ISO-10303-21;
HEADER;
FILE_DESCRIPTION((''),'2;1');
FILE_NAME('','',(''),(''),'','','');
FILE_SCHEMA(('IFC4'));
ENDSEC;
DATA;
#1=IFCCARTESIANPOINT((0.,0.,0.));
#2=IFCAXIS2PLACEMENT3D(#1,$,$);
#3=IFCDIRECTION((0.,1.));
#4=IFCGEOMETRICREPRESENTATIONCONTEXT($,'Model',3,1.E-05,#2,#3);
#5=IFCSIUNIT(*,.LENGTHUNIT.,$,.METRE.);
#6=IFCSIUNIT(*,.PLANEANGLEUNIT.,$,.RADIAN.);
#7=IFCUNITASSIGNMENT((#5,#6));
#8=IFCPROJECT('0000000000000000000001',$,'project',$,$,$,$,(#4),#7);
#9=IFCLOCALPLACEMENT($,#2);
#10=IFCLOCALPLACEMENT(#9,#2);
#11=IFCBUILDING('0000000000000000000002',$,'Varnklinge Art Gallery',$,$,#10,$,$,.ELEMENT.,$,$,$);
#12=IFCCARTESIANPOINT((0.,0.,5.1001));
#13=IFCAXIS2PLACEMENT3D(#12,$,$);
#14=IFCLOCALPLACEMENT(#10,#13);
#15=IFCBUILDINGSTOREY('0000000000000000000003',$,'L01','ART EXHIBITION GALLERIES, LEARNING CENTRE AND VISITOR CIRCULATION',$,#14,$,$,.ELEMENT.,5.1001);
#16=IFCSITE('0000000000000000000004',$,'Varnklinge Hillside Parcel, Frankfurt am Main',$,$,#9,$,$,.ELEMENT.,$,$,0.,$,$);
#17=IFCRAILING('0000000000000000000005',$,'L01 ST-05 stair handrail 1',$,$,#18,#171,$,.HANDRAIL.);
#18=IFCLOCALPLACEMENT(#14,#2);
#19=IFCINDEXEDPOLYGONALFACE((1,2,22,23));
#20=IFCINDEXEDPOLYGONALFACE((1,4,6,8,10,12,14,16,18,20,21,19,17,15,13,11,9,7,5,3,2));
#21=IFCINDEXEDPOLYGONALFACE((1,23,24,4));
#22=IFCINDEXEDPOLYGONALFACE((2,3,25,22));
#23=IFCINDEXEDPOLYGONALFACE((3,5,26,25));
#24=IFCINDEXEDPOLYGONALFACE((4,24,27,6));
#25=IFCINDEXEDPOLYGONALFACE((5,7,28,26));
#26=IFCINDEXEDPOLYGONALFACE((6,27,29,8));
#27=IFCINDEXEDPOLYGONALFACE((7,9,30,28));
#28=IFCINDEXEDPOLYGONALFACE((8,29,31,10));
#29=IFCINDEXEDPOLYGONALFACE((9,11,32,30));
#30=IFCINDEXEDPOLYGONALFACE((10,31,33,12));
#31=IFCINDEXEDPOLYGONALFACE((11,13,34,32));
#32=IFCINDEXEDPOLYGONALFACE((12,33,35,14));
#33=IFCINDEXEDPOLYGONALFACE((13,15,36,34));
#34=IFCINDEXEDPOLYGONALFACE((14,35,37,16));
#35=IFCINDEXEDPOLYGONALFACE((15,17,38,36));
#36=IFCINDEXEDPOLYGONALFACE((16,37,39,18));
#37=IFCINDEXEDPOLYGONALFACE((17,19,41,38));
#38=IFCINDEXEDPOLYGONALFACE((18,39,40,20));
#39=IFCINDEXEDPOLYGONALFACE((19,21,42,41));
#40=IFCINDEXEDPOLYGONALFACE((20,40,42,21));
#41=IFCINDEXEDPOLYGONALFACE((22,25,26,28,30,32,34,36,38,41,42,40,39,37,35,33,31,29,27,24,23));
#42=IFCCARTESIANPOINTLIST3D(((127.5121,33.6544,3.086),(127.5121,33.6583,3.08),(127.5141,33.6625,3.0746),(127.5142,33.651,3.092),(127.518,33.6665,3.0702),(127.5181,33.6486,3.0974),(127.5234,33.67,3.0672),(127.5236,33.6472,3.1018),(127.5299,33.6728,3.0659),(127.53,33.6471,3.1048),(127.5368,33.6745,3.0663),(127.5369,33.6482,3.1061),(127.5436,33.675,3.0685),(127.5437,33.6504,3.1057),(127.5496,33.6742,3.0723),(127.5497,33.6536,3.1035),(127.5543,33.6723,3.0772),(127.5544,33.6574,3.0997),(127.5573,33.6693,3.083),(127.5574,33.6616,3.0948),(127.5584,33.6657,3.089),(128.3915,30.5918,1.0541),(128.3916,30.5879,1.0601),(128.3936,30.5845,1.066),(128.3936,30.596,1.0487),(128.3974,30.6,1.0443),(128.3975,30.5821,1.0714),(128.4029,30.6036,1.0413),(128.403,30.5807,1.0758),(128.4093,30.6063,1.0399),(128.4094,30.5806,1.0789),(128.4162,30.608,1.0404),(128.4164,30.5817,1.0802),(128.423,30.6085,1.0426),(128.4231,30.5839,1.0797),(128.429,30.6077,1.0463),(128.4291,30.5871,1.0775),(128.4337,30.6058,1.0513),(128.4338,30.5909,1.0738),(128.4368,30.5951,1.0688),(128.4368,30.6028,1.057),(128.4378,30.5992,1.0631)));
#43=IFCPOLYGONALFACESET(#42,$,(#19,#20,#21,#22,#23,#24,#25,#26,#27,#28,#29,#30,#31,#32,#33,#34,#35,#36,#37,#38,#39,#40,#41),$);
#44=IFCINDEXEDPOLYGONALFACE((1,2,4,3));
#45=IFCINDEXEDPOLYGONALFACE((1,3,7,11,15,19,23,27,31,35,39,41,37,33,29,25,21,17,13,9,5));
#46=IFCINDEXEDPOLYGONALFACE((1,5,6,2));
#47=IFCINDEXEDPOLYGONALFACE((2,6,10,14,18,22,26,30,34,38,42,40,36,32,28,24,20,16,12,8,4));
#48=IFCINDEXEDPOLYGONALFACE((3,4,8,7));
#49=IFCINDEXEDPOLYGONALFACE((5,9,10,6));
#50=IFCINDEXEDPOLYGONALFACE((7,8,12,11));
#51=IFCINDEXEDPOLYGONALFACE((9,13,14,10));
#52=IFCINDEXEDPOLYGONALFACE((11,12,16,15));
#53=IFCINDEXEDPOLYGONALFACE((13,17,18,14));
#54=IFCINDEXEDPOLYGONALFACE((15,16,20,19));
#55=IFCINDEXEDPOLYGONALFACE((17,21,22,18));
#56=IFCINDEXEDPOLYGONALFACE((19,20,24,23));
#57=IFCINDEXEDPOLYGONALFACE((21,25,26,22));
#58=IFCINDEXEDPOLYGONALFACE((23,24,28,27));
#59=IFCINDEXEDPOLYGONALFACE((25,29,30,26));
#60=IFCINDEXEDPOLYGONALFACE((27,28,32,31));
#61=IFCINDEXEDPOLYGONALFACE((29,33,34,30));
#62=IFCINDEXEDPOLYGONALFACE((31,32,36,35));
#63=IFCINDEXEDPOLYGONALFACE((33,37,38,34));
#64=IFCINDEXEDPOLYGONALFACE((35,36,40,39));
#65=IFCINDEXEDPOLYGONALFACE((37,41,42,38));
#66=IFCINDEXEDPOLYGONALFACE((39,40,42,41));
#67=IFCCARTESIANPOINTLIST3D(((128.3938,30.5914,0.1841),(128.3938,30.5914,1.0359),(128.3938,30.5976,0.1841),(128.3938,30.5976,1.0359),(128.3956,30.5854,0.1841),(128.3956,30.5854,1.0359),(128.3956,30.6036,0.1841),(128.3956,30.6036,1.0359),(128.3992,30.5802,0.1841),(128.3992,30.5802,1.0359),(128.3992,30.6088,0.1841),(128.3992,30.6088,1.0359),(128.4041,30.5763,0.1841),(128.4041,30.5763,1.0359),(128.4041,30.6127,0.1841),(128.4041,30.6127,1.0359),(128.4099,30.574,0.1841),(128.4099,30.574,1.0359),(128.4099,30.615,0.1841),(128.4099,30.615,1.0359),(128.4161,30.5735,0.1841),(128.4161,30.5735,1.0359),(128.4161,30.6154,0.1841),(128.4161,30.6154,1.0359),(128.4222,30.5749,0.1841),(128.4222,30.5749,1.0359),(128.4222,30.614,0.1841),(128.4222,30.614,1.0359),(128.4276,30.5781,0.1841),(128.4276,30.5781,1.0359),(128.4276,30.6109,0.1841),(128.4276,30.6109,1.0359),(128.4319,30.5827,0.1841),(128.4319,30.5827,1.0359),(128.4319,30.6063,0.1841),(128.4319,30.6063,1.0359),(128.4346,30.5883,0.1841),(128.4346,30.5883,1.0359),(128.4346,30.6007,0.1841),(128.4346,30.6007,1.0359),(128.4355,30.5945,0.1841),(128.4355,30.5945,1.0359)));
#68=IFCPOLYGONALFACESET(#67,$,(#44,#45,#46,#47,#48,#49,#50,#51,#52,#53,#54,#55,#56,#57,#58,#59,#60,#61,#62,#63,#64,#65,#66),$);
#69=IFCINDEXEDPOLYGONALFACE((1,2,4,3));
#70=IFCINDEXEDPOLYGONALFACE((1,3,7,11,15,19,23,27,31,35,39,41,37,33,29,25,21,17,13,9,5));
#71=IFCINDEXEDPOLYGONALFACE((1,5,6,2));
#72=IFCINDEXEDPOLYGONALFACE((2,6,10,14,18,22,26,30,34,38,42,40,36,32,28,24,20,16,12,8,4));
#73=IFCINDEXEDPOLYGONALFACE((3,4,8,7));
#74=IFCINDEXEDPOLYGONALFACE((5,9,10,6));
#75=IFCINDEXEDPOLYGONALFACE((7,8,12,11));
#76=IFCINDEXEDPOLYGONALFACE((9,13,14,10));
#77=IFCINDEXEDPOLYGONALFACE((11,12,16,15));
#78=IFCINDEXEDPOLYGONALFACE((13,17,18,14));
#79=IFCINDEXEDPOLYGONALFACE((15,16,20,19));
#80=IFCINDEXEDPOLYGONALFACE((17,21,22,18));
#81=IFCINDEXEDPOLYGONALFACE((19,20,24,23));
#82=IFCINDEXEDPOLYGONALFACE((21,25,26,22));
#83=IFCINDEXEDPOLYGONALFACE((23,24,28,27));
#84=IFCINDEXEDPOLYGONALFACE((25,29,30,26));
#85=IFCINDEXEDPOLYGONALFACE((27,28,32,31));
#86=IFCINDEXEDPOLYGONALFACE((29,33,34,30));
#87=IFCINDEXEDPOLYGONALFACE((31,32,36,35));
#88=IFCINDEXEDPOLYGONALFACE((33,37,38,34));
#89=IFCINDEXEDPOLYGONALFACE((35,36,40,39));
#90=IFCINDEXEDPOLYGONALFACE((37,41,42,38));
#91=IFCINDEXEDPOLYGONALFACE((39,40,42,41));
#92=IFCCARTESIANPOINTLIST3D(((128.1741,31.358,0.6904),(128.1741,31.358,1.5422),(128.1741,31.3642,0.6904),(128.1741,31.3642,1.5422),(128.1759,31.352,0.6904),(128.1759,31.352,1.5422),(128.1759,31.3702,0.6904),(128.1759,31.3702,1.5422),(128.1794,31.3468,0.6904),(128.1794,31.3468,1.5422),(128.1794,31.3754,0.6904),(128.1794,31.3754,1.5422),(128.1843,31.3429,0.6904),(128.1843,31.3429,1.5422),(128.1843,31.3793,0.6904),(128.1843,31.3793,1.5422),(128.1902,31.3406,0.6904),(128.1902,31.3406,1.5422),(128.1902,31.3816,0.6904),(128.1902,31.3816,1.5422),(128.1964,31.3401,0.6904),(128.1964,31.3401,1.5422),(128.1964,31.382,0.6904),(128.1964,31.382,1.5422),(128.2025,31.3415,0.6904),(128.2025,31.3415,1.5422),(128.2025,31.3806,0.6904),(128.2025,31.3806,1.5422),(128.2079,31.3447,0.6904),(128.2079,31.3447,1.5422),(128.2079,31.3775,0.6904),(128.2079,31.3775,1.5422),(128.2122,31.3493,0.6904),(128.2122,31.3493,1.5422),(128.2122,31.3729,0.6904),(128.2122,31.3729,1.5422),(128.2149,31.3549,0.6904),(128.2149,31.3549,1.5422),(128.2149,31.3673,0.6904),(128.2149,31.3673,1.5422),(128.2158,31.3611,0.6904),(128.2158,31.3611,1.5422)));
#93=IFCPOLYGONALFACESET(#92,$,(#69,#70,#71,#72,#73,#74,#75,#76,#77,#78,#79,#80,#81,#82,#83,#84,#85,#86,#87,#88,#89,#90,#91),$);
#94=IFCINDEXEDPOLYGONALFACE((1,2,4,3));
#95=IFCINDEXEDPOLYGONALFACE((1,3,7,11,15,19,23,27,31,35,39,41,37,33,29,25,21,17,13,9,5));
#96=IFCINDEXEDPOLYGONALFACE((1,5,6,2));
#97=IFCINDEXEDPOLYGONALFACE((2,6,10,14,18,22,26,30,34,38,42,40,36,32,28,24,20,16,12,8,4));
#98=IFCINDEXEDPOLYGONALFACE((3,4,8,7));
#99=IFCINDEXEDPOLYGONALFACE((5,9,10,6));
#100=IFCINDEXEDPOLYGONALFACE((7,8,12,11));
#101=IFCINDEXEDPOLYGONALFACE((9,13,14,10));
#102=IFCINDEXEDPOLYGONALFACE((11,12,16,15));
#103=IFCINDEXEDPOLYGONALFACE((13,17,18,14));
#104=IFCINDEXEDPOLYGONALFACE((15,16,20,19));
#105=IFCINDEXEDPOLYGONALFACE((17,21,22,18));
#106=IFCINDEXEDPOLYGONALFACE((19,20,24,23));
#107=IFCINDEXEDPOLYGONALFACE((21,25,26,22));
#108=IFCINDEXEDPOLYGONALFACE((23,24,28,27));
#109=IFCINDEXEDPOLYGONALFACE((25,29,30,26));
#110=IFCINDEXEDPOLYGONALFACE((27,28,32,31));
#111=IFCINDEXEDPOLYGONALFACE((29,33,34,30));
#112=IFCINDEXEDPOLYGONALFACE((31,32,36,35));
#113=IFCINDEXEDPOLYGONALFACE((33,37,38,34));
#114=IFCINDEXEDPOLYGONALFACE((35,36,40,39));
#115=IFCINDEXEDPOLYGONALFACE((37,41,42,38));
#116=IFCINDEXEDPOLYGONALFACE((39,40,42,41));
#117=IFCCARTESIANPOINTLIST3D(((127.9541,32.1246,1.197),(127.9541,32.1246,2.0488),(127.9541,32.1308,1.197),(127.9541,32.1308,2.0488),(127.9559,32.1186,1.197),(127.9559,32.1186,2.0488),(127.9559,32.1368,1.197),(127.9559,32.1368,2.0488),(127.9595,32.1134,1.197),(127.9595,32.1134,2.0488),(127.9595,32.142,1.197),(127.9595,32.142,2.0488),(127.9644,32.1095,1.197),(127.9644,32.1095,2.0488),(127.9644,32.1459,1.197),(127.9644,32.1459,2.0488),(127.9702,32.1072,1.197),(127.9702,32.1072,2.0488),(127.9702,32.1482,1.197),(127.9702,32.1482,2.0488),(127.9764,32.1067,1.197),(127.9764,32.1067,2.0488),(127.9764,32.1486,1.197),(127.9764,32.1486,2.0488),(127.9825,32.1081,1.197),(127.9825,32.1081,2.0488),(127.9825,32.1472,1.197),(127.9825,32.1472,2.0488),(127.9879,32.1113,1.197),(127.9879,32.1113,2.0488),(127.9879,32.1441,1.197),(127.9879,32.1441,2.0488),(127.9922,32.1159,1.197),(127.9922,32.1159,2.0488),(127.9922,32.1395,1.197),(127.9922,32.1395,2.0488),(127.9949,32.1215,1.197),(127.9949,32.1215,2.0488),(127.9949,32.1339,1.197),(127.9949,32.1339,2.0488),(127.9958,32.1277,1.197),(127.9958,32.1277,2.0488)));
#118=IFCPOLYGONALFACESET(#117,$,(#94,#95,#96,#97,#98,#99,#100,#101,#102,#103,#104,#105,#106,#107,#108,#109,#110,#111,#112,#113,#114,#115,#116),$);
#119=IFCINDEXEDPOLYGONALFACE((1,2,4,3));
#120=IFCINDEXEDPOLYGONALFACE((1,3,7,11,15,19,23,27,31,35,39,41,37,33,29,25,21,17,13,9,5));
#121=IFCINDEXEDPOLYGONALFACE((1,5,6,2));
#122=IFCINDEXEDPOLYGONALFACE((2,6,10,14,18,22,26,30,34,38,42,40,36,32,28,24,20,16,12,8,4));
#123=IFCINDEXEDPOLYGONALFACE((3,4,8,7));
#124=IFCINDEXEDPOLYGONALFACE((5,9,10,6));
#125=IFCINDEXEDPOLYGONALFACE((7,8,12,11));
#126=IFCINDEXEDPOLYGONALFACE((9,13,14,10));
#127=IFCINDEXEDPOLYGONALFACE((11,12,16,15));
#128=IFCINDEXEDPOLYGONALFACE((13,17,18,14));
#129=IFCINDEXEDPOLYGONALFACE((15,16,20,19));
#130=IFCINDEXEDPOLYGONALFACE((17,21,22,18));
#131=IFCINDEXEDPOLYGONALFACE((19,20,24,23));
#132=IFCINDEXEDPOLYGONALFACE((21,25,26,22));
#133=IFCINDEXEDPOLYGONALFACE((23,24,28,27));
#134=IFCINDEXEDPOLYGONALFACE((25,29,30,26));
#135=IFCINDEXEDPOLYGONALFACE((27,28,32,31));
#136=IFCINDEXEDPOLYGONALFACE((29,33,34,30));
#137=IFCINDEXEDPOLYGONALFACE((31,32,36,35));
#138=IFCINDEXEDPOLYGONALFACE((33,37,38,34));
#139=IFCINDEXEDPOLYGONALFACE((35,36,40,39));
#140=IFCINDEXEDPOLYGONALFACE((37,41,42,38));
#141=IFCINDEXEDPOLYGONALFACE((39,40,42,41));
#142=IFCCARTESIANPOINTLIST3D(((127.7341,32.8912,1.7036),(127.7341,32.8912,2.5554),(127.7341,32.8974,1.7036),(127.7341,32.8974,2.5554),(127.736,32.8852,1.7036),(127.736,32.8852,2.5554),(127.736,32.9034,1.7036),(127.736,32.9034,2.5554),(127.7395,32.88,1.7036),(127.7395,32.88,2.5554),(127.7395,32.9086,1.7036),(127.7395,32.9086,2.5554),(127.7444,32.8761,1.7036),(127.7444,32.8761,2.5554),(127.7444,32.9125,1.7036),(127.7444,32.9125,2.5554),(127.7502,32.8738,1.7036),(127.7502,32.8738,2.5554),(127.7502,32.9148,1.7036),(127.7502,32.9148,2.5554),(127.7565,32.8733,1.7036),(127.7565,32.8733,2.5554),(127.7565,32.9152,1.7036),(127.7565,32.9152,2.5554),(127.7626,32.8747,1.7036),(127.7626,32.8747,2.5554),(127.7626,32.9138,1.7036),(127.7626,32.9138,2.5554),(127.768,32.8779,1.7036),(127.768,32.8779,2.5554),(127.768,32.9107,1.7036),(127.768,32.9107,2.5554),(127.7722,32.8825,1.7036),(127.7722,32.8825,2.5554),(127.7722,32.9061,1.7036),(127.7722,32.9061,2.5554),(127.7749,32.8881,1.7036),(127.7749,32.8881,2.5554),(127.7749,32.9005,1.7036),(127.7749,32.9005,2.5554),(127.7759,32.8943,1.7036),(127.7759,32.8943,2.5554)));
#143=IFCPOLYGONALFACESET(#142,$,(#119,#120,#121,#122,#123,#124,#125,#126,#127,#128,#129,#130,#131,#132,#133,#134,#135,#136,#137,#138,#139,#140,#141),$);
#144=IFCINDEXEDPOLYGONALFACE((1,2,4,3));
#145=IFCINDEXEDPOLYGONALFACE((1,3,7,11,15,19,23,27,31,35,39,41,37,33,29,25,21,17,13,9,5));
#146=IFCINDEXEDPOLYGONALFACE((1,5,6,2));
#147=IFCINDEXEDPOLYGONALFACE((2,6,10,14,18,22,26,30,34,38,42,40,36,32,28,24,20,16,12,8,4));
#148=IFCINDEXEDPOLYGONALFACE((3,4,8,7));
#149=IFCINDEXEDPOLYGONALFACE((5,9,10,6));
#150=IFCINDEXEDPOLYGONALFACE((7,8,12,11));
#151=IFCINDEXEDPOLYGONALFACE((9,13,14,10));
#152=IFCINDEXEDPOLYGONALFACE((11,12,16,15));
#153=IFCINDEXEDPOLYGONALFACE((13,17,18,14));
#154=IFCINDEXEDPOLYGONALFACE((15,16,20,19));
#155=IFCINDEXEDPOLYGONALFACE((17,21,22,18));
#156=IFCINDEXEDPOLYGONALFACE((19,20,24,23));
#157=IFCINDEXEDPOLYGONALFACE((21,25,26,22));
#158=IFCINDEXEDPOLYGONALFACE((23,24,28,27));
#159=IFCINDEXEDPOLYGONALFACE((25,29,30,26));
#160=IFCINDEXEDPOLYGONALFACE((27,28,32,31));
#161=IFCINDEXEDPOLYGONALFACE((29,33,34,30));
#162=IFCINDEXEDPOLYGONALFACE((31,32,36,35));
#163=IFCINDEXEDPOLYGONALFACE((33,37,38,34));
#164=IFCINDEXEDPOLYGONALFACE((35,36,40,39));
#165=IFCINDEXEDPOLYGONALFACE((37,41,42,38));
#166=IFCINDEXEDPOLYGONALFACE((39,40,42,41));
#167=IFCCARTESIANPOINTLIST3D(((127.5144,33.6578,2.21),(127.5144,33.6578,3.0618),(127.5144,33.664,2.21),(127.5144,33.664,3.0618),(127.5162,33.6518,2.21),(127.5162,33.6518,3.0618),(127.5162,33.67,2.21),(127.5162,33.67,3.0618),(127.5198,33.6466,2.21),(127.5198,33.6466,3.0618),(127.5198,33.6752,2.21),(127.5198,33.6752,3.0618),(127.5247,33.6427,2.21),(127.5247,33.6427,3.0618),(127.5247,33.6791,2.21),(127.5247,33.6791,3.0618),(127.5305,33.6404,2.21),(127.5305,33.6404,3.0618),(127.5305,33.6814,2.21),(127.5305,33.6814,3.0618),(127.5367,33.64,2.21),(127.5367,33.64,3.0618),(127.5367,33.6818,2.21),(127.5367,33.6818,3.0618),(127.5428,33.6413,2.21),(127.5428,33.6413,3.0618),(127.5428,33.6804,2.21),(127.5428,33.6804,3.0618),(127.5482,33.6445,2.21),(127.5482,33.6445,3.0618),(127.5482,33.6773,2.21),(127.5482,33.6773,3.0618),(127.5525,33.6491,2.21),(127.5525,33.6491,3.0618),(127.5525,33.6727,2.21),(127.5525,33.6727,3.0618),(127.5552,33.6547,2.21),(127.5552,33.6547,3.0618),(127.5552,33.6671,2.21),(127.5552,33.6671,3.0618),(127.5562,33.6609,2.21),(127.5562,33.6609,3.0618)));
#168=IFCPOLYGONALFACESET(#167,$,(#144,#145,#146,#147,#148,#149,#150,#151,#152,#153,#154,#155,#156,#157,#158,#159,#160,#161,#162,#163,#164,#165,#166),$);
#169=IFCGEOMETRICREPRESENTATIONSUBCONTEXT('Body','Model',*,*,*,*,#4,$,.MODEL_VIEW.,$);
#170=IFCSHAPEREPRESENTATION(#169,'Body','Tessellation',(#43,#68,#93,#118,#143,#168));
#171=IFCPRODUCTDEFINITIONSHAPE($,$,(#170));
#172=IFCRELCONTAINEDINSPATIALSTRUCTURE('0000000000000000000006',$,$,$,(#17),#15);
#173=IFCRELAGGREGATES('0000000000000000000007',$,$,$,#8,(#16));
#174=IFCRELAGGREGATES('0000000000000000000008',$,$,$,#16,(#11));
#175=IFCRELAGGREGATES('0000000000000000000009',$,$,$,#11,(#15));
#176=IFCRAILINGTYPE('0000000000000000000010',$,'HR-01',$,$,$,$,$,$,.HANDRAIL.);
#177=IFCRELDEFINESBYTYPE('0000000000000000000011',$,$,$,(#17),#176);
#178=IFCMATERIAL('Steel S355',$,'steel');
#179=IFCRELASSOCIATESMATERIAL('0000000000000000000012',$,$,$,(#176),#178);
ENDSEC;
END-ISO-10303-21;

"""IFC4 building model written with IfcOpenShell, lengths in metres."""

from ifc_helpers import new_model, si_unit, direction, frame, origin, origin_2d, place, context, subcontext, project, spatial, circle, extrude, material, type_object, element, save


model = new_model("IFC4")

# Units and contexts
model_context = context("Model", 3, precision=1e-05, world=origin(), true_north=direction((0.0, 1.0)))
body_context = subcontext(model_context, "Body", "Model", "MODEL_VIEW")
ifc_project = project(units=[si_unit("LENGTHUNIT", "METRE"), si_unit("PLANEANGLEUNIT", "RADIAN")], contexts=[model_context])

# Site, building, storey
site_placement = place(None, origin())
site = spatial("IfcSite", under=ifc_project, at=site_placement, Name="Varnklinge Hillside Parcel, Frankfurt am Main", CompositionType="ELEMENT", RefElevation=0.0)
building_placement = place(site_placement, origin())
building = spatial("IfcBuilding", under=site, at=building_placement, Name="Varnklinge Art Gallery", CompositionType="ELEMENT")
storey_placement = place(building_placement, frame((0.0, 0.0, 5.1001)))
storey = spatial("IfcBuildingStorey", under=building, at=storey_placement, Name="L01", Description="ART EXHIBITION GALLERIES, LEARNING CENTRE AND VISITOR CIRCULATION", CompositionType="ELEMENT", Elevation=5.1001)

# Railing
ifc_material_1 = material(Name="Steel S355", Category="steel")
railing_type_1 = type_object("IfcRailingType", Name="HR-01", PredefinedType="HANDRAIL", material=ifc_material_1)
railing_1_placement = place(storey_placement, frame((128.4146, 30.5945, 0.1841)))
element("IfcRailing", 1, at=railing_1_placement, inside=storey, type_object=railing_type_1, Name="L01 ST-05 stair handrail 1", PredefinedType="HANDRAIL", context=body_context, shape_type="SweptSolid", body=[
    extrude(circle(Radius=0.0239, at=origin_2d()), frame((0.0, 0.0, 0.876), z_axis=(-0.232709, 0.811447, 0.536098), x_axis=(-0.961252, -0.275671, 0.0)), (0.0, 0.0, 1.0), 3.7791),
    extrude(circle(Radius=0.021, at=origin_2d()), origin(), (0.0, 0.0, 1.0), 0.8518),
    extrude(circle(Radius=0.021, at=origin_2d()), frame((-0.2197, 0.7666, 0.5063)), (0.0, 0.0, 1.0), 0.8518),
    extrude(circle(Radius=0.021, at=origin_2d()), frame((-0.4397, 1.5332, 1.0129)), (0.0, 0.0, 1.0), 0.8518),
    extrude(circle(Radius=0.021, at=origin_2d()), frame((-0.6597, 2.2998, 1.5195)), (0.0, 0.0, 1.0), 0.8518),
    extrude(circle(Radius=0.021, at=origin_2d()), frame((-0.8794, 3.0664, 2.0259)), (0.0, 0.0, 1.0), 0.8518),
])

save(model, "model.ifc")
